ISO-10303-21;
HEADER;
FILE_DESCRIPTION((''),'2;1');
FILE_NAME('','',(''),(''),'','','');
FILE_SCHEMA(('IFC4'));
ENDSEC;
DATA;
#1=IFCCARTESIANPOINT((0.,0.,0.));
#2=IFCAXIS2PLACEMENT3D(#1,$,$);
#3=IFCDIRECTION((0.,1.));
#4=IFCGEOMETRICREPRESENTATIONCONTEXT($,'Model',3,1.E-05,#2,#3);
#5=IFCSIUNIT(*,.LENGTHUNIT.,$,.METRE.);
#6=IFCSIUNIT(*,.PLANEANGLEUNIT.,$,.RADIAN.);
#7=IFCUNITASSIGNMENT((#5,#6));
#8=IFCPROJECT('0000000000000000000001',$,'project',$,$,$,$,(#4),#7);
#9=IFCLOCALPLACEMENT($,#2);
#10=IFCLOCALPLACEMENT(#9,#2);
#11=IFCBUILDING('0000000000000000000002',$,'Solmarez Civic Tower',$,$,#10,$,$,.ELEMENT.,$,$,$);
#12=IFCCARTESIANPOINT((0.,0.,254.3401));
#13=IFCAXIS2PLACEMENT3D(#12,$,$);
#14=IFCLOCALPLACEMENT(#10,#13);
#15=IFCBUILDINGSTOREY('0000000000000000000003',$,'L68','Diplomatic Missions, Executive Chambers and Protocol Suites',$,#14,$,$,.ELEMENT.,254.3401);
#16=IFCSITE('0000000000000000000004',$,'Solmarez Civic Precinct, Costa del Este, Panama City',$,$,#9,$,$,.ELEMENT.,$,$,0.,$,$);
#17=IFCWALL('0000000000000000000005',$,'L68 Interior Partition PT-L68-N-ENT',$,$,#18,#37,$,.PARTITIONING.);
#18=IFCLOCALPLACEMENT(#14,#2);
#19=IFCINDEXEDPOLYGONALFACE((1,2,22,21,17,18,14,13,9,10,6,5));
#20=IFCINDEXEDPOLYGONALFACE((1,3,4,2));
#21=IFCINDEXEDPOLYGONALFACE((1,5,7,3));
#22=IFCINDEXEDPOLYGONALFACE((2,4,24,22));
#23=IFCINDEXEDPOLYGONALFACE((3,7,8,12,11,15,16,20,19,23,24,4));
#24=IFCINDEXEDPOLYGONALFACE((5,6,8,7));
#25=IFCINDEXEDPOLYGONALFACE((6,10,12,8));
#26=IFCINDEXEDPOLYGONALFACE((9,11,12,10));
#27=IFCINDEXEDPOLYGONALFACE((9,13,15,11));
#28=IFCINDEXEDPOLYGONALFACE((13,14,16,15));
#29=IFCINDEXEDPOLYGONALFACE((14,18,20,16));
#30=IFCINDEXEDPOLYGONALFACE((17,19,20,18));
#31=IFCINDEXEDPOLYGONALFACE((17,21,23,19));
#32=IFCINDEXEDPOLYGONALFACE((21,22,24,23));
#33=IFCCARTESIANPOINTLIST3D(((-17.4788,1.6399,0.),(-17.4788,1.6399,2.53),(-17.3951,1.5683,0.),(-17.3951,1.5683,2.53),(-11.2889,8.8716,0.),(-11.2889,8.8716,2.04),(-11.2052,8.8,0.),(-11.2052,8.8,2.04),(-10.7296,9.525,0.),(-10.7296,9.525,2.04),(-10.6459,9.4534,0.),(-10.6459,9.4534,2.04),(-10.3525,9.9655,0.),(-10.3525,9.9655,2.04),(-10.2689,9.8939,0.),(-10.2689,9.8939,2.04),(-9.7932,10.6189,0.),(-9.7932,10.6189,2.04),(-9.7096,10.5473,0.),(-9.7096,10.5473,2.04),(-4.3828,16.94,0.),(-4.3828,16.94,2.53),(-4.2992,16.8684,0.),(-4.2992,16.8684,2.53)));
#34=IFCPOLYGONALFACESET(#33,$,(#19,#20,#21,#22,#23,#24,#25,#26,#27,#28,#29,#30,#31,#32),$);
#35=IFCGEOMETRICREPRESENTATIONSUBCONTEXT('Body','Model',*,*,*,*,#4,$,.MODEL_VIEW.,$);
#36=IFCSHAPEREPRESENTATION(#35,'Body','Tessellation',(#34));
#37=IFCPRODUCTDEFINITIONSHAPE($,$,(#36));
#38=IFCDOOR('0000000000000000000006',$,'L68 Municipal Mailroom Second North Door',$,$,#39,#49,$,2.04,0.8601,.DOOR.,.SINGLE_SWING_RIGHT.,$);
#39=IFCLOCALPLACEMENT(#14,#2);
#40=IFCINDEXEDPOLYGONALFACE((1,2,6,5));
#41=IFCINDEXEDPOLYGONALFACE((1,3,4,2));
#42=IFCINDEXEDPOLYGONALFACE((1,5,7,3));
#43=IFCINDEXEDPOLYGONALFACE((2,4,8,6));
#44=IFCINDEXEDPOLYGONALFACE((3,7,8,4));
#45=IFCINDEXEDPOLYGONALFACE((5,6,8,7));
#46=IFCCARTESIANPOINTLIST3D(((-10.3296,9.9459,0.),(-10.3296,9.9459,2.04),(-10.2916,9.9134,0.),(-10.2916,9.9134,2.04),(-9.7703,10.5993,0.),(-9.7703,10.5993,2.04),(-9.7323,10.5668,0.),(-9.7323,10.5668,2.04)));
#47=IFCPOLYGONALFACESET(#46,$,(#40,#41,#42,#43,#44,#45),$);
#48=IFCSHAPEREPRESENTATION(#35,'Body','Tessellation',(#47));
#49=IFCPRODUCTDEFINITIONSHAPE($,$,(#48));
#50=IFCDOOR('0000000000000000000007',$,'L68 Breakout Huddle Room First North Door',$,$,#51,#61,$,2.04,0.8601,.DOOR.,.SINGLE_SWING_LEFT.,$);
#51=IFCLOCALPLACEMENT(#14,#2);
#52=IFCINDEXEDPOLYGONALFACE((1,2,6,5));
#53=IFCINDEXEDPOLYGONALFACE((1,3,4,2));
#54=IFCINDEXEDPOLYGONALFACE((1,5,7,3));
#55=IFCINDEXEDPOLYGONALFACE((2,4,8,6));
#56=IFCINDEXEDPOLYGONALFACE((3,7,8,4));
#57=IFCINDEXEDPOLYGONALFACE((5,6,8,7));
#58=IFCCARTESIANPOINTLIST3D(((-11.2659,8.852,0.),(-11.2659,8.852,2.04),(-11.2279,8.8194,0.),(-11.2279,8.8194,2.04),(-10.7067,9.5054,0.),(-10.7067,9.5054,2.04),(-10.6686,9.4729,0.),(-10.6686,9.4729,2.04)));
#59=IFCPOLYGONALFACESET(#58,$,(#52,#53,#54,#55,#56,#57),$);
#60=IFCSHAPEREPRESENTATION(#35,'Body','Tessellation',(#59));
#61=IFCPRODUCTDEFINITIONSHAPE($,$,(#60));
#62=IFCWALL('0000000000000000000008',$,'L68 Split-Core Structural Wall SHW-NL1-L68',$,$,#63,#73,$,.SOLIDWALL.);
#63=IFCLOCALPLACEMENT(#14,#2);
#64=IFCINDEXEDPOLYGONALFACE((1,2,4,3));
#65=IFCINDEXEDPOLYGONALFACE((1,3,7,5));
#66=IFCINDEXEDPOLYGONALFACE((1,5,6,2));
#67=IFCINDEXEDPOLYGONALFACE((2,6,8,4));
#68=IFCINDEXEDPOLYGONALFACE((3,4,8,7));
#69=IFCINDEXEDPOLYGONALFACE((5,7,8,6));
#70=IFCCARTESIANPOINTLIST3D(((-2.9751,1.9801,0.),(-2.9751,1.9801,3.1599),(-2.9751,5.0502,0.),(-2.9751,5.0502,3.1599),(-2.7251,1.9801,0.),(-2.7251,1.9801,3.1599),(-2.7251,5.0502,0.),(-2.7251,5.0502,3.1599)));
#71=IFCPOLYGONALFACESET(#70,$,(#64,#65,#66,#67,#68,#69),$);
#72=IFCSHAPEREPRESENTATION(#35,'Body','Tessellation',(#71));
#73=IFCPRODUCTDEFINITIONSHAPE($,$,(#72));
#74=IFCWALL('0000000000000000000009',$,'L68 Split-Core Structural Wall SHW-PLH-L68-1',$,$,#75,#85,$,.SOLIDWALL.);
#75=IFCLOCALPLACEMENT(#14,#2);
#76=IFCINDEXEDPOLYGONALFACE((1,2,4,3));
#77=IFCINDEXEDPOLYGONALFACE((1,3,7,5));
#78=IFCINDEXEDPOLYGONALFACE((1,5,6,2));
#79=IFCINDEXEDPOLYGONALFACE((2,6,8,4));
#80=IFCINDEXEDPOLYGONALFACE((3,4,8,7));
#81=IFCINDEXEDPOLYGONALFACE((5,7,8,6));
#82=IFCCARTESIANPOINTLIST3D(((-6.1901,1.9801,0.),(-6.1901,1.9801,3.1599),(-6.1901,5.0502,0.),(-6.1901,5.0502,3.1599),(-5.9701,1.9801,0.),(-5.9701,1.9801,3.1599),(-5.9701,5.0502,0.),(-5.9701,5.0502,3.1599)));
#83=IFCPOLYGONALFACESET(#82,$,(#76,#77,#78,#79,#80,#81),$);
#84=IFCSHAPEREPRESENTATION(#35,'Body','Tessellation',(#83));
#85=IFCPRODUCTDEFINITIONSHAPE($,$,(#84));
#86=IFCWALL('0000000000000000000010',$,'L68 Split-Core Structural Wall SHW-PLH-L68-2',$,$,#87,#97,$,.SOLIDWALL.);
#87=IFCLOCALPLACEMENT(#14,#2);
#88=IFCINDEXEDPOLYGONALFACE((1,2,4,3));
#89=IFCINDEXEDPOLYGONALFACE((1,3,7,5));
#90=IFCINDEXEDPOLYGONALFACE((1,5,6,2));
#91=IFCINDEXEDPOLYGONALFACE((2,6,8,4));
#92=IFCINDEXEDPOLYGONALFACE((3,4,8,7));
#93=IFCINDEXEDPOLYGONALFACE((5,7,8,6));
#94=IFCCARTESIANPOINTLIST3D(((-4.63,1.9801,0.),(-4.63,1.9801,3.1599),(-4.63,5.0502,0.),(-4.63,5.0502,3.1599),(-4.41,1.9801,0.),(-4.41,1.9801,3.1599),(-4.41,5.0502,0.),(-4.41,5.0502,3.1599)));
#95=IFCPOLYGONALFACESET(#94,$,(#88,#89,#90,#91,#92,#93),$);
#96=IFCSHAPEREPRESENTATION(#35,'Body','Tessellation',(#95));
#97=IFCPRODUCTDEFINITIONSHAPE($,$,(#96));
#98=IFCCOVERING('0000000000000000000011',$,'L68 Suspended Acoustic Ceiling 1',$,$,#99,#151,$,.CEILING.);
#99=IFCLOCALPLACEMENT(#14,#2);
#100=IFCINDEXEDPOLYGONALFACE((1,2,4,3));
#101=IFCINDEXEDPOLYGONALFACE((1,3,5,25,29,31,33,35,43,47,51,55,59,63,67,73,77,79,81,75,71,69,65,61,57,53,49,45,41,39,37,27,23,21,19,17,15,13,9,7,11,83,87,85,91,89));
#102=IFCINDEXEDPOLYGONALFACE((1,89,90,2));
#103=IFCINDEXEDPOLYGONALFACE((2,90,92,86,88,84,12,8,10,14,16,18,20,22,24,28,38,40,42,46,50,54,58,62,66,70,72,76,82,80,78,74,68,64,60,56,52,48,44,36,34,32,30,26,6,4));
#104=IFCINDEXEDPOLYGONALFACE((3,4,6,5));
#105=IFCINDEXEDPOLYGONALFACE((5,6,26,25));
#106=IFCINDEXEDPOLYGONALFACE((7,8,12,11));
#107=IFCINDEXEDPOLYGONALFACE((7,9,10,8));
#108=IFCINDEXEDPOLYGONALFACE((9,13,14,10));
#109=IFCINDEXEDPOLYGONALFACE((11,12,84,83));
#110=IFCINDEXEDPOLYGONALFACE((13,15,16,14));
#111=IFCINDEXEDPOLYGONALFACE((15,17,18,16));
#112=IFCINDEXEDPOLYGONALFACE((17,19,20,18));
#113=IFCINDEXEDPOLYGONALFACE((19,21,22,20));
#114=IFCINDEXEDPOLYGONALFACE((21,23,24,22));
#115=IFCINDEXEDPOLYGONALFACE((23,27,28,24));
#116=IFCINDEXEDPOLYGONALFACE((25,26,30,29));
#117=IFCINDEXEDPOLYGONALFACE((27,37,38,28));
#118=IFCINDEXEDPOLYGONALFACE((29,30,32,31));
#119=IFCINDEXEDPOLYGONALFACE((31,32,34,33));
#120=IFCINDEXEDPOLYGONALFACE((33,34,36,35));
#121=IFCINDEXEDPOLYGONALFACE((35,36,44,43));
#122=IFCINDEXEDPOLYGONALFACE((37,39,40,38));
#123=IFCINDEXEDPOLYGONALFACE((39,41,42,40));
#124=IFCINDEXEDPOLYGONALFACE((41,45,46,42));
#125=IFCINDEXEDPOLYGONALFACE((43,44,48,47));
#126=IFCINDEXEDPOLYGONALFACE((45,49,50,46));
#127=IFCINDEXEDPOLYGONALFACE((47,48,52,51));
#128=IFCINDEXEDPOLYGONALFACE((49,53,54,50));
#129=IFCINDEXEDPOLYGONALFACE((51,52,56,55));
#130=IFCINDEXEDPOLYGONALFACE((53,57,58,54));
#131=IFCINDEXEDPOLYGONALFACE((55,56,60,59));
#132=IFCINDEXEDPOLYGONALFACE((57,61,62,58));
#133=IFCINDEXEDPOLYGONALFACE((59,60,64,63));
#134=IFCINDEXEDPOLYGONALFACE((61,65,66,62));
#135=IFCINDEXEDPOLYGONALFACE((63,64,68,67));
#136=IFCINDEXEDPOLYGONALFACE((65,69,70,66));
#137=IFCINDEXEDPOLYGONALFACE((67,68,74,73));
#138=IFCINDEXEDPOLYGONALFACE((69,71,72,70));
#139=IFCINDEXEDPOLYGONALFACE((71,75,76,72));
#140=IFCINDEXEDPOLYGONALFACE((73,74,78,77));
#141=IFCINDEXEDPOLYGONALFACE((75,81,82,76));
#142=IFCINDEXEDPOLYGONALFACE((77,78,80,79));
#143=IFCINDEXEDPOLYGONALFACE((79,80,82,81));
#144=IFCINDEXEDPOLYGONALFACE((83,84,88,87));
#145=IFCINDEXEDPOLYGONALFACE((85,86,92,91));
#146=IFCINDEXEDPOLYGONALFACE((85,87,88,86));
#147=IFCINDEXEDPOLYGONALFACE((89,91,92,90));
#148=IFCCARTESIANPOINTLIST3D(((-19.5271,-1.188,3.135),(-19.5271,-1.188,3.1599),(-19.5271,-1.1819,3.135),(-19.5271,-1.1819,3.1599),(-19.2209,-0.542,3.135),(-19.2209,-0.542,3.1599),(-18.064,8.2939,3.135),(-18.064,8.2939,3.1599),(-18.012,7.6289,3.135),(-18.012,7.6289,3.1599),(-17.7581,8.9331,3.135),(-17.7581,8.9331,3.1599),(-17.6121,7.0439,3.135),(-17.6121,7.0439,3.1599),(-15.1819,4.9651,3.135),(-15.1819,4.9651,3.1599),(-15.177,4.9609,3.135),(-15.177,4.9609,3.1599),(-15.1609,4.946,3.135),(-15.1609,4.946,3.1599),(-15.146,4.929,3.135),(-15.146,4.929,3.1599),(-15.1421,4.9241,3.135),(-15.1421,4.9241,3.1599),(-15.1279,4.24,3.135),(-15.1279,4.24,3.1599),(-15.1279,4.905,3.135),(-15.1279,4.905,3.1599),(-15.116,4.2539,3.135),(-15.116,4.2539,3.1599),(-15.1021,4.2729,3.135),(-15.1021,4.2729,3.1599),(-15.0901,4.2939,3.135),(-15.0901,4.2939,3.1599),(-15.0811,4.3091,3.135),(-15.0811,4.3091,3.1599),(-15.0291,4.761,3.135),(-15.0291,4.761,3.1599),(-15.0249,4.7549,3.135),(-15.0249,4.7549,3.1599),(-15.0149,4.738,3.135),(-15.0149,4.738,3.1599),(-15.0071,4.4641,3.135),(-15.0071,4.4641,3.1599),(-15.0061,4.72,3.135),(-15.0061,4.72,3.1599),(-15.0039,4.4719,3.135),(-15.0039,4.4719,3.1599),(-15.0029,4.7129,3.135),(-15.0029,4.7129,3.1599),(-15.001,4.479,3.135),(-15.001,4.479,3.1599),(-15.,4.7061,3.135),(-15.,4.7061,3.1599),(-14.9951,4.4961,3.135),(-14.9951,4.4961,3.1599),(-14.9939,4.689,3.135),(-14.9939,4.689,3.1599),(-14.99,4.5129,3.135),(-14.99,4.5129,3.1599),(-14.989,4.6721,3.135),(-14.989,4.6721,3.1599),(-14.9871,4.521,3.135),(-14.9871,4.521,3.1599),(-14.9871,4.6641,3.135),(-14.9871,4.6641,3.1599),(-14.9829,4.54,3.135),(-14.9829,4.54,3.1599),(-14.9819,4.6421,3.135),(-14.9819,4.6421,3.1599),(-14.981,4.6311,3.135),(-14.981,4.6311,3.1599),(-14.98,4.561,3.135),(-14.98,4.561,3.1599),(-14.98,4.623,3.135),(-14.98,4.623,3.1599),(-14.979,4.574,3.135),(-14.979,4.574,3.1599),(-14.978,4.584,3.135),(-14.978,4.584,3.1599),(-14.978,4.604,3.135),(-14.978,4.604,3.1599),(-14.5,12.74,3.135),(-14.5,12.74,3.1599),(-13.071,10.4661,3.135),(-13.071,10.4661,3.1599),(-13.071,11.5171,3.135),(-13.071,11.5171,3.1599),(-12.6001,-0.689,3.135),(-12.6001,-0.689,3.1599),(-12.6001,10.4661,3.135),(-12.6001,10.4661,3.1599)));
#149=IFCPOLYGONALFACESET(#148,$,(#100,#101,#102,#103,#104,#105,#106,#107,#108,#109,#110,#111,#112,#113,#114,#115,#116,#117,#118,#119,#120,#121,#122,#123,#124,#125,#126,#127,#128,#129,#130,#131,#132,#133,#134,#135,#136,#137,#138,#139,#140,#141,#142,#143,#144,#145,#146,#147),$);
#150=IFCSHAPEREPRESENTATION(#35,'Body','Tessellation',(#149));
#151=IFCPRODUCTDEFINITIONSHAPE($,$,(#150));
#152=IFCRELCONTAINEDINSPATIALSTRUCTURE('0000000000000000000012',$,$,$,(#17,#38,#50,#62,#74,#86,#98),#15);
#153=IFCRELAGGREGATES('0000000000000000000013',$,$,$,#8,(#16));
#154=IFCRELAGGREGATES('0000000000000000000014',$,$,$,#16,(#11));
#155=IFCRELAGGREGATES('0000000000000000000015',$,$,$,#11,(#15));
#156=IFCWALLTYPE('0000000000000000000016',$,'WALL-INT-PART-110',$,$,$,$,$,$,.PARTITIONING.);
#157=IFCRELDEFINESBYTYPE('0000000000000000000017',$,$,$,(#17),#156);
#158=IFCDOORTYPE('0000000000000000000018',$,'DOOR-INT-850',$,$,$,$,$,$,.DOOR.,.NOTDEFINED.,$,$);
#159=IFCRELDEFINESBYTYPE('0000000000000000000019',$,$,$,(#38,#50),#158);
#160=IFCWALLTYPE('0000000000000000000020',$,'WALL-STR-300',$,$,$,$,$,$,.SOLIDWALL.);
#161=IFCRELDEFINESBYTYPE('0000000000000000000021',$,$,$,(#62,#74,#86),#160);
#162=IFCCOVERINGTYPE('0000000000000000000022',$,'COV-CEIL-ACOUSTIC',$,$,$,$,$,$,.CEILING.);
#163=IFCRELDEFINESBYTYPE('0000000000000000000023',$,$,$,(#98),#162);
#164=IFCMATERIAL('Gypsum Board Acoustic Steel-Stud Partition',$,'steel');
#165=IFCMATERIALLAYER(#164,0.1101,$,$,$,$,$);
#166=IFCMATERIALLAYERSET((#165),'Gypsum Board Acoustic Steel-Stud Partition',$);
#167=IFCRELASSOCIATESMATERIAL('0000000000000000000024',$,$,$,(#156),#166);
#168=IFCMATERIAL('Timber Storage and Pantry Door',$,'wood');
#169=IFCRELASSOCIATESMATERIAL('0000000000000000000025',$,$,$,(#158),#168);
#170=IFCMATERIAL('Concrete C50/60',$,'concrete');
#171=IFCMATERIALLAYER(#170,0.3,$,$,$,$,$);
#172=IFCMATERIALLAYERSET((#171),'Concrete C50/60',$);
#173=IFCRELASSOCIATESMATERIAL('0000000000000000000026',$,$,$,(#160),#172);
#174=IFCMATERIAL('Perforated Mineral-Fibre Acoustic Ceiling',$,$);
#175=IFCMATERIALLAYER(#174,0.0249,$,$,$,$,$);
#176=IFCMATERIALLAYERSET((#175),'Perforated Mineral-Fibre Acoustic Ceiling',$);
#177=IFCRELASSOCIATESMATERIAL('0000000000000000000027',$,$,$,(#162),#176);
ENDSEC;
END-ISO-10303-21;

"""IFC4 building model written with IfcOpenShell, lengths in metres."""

from ifc_helpers import new_model, si_unit, direction, frame, frame_2d, origin, place, context, subcontext, project, spatial, polyline, rectangle, outline, extrude, material, layer, layer_set, type_object, element, fill, save


model = new_model("IFC4")

# Units and contexts
model_context = context("Model", 3, precision=1e-05, world=origin(), true_north=direction((0.0, 1.0)))
body_context = subcontext(model_context, "Body", "Model", "MODEL_VIEW")
ifc_project = project(units=[si_unit("LENGTHUNIT", "METRE"), si_unit("PLANEANGLEUNIT", "RADIAN")], contexts=[model_context])

# Site, building, storey
site_placement = place(None, origin())
site = spatial("IfcSite", under=ifc_project, at=site_placement, Name="Solmarez Civic Precinct, Costa del Este, Panama City", CompositionType="ELEMENT", RefElevation=0.0)
building_placement = place(site_placement, origin())
building = spatial("IfcBuilding", under=site, at=building_placement, Name="Solmarez Civic Tower", CompositionType="ELEMENT")
storey_placement = place(building_placement, frame((0.0, 0.0, 254.3401)))
storey = spatial("IfcBuildingStorey", under=building, at=storey_placement, Name="L68", Description="Diplomatic Missions, Executive Chambers and Protocol Suites", CompositionType="ELEMENT", Elevation=254.3401)

# Shared definitions
ifc_material_1 = material(Name="Concrete C50/60", Category="concrete")

# Shared definitions
ifc_material_2 = material(Name="Gypsum Board Acoustic Steel-Stud Partition", Category="steel")
ifc_layer_1 = layer(ifc_material_2, 0.1101)
ifc_layer_set_1 = layer_set([ifc_layer_1], Name="Gypsum Board Acoustic Steel-Stud Partition")
wall_type_1 = type_object("IfcWallType", Name="WALL-INT-PART-110", PredefinedType="PARTITIONING", material=ifc_layer_set_1)

# Wall, openings, doors
wall_1_placement = place(storey_placement, frame((-17.437, 1.604, 0.0), z_axis=(0.0, 0.0, 1.0), x_axis=(0.650265, 0.759707, 0.0)))
wall_1 = element("IfcWall", 1, at=wall_1_placement, inside=storey, type_object=wall_type_1, Name="L68 Interior Partition PT-L68-N-ENT", PredefinedType="PARTITIONING", context=body_context, shape_type="SweptSolid", body=[
    extrude(rectangle(XDim=20.1394, YDim=0.1101, at=frame_2d((10.0698, 0.0))), origin(), (0.0, 0.0, 1.0), 2.53),
])
opening_1_placement = place(wall_1_placement, frame((10.959, 0.0, 0.0)))
opening_1 = element("IfcOpeningElement", 2, at=opening_1_placement, cuts=wall_1, PredefinedType="OPENING", context=body_context, shape_type="SweptSolid", body=[
    extrude(rectangle(XDim=0.8601, YDim=2.04, at=frame_2d((0.4302, 1.02))), frame((0.0, 0.0649, 0.0), z_axis=(0.0, -1.0, 0.0), x_axis=(1.0, 0.0, 0.0)), (0.0, 0.0, 1.0), 0.1301),
])
opening_2_placement = place(wall_1_placement, frame((9.519, 0.0, 0.0)))
opening_2 = element("IfcOpeningElement", 3, at=opening_2_placement, cuts=wall_1, PredefinedType="OPENING", context=body_context, shape_type="SweptSolid", body=[
    extrude(rectangle(XDim=0.8601, YDim=2.04, at=frame_2d((0.4302, 1.02))), frame((0.0, 0.0649, 0.0), z_axis=(0.0, -1.0, 0.0), x_axis=(1.0, 0.0, 0.0)), (0.0, 0.0, 1.0), 0.1301),
])
ifc_material_3 = material(Name="Timber Storage and Pantry Door", Category="wood")
door_type_1 = type_object("IfcDoorType", Name="DOOR-INT-850", OperationType="NOTDEFINED", PredefinedType="DOOR", material=ifc_material_3)
door_1_placement = place(opening_1_placement, origin())
door_1 = element("IfcDoor", 4, at=door_1_placement, inside=storey, type_object=door_type_1, Name="L68 Municipal Mailroom Second North Door", OperationType="SINGLE_SWING_RIGHT", OverallHeight=2.04, OverallWidth=0.8601, PredefinedType="DOOR", context=body_context, shape_type="SweptSolid", body=[
    extrude(rectangle(XDim=0.8601, YDim=2.04, at=frame_2d((0.4302, 1.02))), frame((0.0, 0.0249, 0.0), z_axis=(0.0, -1.0, 0.0), x_axis=(1.0, 0.0, 0.0)), (0.0, 0.0, 1.0), 0.05),
])
fill(opening_1, door_1)
door_2_placement = place(opening_2_placement, origin())
door_2 = element("IfcDoor", 5, at=door_2_placement, inside=storey, type_object=door_type_1, Name="L68 Breakout Huddle Room First North Door", OperationType="SINGLE_SWING_LEFT", OverallHeight=2.04, OverallWidth=0.8601, PredefinedType="DOOR", context=body_context, shape_type="SweptSolid", body=[
    extrude(rectangle(XDim=0.8601, YDim=2.04, at=frame_2d((0.4302, 1.02))), frame((0.0, 0.0249, 0.0), z_axis=(0.0, -1.0, 0.0), x_axis=(1.0, 0.0, 0.0)), (0.0, 0.0, 1.0), 0.05),
])
fill(opening_2, door_2)

# Walls
ifc_layer_2 = layer(ifc_material_1, 0.3)
ifc_layer_set_2 = layer_set([ifc_layer_2], Name="Concrete C50/60")
wall_type_2 = type_object("IfcWallType", Name="WALL-STR-300", PredefinedType="SOLIDWALL", material=ifc_layer_set_2)
wall_2_placement = place(storey_placement, frame((-2.8501, 1.98, 0.0), z_axis=(0.0, 0.0, 1.0), x_axis=(0.0, 1.0, 0.0)))
element("IfcWall", 6, at=wall_2_placement, inside=storey, type_object=wall_type_2, Name="L68 Split-Core Structural Wall SHW-NL1-L68", PredefinedType="SOLIDWALL", context=body_context, shape_type="SweptSolid", body=[
    extrude(rectangle(XDim=3.0701, YDim=0.25, at=frame_2d((1.5352, 0.0))), origin(), (0.0, 0.0, 1.0), 3.1599),
])
for number, where, z_axis, x_axis, name in (
    (7, (-6.0801, 1.98, 0.0), (0.0, 0.0, 1.0), (0.0, 1.0, 0.0), "L68 Split-Core Structural Wall SHW-PLH-L68-1"),
    (8, (-4.52, 1.98, 0.0), (0.0, 0.0, 1.0), (0.0, 1.0, 0.0), "L68 Split-Core Structural Wall SHW-PLH-L68-2"),
):
    element("IfcWall", number, at=place(storey_placement, frame(where, z_axis=z_axis, x_axis=x_axis)), inside=storey, type_object=wall_type_2, Name=name, PredefinedType="SOLIDWALL", context=body_context, shape_type="SweptSolid", body=[
        extrude(rectangle(XDim=3.0701, YDim=0.22, at=frame_2d((1.5352, 0.0))), origin(), (0.0, 0.0, 1.0), 3.1599),
    ])

# Covering
ifc_material_4 = material(Name="Perforated Mineral-Fibre Acoustic Ceiling")
ifc_layer_3 = layer(ifc_material_4, 0.0249)
ifc_layer_set_3 = layer_set([ifc_layer_3], Name="Perforated Mineral-Fibre Acoustic Ceiling")
covering_type_1 = type_object("IfcCoveringType", Name="COV-CEIL-ACOUSTIC", PredefinedType="CEILING", material=ifc_layer_set_3)
covering_1_placement = place(storey_placement, frame((0.0, 0.0, 3.135)))
element("IfcCovering", 9, at=covering_1_placement, inside=storey, type_object=covering_type_1, Name="L68 Suspended Acoustic Ceiling 1", PredefinedType="CEILING", context=body_context, shape_type="SweptSolid", body=[
    extrude(outline(polyline([(-15.1279, 4.24), (-19.2209, -0.542), (-19.5271, -1.1819), (-19.5271, -1.188), (-12.6001, -0.689), (-12.6001, 10.4661), (-13.071, 10.4661), (-13.071, 11.5171), (-14.5, 12.74), (-17.7581, 8.9331), (-18.064, 8.2939), (-18.012, 7.6289), (-17.6121, 7.0439), (-15.1819, 4.9651), (-15.177, 4.9609), (-15.1609, 4.946), (-15.146, 4.929), (-15.1421, 4.9241), (-15.1279, 4.905), (-15.0291, 4.761), (-15.0249, 4.7549), (-15.0149, 4.738), (-15.0061, 4.72), (-15.0029, 4.7129), (-15.0, 4.7061), (-14.9939, 4.689), (-14.989, 4.6721), (-14.9871, 4.6641), (-14.9819, 4.6421), (-14.981, 4.6311), (-14.98, 4.623), (-14.978, 4.604), (-14.978, 4.584), (-14.979, 4.574), (-14.98, 4.561), (-14.9829, 4.54), (-14.9871, 4.521), (-14.99, 4.5129), (-14.9951, 4.4961), (-15.001, 4.479), (-15.0039, 4.4719), (-15.0071, 4.4641), (-15.0811, 4.3091), (-15.0901, 4.2939), (-15.1021, 4.2729), (-15.116, 4.2539), (-15.1279, 4.24)])), origin(), (0.0, 0.0, 1.0), 0.0249),
])

save(model, "model.ifc")
